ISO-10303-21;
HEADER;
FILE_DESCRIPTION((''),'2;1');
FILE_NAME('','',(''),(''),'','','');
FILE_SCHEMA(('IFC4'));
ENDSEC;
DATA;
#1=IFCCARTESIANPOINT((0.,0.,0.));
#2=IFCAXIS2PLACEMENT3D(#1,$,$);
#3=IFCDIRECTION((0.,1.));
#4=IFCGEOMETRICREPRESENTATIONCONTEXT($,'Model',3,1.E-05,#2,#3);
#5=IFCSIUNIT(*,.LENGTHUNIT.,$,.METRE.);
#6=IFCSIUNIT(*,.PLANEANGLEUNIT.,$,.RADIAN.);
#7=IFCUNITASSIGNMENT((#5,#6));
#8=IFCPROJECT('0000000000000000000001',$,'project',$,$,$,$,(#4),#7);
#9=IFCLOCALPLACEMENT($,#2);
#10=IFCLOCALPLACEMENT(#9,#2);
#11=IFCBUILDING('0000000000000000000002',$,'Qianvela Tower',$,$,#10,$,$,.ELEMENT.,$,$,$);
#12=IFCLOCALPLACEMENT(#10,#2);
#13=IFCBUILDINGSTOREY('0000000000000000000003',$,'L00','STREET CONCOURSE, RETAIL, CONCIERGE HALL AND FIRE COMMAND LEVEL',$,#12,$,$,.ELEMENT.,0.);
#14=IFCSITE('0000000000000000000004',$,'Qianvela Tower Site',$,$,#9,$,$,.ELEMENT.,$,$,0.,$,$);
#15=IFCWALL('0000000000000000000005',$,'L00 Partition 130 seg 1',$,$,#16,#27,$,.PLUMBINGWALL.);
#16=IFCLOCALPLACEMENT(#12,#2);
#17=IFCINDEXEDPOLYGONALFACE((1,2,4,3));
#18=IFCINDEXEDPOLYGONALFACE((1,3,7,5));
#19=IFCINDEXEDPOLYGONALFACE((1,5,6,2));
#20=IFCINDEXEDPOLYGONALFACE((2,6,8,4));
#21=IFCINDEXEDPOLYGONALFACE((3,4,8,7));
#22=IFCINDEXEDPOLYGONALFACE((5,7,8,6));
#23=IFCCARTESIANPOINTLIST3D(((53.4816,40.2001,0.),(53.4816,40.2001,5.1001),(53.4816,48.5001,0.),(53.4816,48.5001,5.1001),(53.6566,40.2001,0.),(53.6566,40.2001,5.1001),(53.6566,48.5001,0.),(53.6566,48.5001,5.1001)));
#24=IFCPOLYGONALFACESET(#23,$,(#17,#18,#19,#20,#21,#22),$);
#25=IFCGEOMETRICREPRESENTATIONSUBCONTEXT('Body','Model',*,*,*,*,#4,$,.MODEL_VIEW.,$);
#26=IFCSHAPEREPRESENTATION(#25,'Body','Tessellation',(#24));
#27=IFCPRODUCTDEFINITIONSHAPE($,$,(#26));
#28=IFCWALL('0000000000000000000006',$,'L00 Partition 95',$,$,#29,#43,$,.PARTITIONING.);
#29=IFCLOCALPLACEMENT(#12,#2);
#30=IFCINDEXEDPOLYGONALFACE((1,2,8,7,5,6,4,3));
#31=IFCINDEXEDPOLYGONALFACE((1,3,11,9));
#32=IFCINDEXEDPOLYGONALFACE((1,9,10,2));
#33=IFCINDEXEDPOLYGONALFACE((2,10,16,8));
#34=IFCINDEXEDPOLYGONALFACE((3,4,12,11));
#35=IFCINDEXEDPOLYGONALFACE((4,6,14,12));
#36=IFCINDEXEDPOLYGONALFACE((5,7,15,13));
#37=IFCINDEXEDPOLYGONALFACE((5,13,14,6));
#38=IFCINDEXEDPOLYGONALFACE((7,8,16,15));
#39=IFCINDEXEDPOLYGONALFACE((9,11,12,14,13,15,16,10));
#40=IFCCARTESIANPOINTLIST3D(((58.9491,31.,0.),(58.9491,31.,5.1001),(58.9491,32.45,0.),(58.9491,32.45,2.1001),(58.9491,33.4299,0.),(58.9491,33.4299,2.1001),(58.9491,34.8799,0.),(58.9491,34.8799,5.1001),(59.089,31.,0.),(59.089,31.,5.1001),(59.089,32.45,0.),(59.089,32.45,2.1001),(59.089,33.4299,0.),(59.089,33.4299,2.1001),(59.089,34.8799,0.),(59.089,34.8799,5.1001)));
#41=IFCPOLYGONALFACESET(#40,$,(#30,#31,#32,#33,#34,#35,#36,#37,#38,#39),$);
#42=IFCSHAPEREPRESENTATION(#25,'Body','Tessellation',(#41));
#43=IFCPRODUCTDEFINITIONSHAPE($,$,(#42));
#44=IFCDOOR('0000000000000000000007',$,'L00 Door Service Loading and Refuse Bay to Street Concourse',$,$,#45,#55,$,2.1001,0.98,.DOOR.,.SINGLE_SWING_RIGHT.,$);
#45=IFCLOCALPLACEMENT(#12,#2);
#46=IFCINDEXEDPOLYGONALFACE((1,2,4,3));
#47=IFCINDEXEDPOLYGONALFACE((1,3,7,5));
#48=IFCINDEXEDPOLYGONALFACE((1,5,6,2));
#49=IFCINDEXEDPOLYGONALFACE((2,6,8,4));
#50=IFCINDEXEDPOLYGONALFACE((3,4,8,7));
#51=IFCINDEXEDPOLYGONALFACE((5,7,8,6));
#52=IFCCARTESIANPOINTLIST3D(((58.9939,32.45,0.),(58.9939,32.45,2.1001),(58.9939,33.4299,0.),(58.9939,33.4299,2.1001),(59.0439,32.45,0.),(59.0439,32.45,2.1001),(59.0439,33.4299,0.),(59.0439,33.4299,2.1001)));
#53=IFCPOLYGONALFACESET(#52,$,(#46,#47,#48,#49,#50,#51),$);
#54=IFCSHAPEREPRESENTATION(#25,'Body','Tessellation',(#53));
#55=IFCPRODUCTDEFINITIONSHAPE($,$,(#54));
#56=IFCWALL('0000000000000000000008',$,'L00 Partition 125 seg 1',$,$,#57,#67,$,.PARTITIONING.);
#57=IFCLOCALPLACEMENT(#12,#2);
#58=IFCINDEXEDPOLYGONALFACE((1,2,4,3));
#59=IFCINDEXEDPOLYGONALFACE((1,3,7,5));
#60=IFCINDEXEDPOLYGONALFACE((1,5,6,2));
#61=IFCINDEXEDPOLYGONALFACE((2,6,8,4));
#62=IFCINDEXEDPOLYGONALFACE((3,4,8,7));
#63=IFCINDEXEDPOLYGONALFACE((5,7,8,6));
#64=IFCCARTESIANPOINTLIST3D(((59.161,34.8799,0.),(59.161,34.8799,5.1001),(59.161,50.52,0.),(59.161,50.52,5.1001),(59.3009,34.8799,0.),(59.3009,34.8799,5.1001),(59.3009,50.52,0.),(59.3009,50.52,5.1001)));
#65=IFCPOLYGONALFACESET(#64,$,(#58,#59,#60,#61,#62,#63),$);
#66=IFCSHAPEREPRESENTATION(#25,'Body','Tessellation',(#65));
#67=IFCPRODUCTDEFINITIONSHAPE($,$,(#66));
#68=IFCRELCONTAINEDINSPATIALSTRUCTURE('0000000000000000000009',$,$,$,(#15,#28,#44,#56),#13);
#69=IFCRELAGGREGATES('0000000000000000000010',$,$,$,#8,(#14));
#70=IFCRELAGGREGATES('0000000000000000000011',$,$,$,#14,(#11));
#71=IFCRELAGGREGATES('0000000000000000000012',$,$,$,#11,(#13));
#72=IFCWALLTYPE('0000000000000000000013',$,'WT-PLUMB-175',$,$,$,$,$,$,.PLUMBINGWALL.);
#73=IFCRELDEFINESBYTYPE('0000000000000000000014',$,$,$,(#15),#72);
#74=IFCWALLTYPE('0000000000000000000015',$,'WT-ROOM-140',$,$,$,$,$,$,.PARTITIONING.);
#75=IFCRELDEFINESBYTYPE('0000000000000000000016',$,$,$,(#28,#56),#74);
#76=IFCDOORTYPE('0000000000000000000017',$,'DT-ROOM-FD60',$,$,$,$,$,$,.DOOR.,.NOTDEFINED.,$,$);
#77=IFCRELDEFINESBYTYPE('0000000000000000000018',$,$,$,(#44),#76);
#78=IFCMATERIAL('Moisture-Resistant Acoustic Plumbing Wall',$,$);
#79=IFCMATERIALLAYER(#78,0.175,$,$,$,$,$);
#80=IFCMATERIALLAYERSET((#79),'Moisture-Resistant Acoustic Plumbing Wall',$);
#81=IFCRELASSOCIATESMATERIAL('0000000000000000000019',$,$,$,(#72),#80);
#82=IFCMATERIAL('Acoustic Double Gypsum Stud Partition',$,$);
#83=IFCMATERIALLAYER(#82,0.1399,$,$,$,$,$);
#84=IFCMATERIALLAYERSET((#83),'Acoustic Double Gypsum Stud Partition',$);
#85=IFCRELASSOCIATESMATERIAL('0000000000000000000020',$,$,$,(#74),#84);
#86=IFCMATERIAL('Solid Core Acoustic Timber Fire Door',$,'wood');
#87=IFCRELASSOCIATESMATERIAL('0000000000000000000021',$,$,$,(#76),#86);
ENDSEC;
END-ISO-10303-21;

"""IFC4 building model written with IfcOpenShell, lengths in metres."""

from ifc_helpers import new_model, si_unit, direction, frame, frame_2d, origin, place, context, subcontext, project, spatial, rectangle, extrude, material, layer, layer_set, type_object, element, fill, save


model = new_model("IFC4")

# Units and contexts
model_context = context("Model", 3, precision=1e-05, world=origin(), true_north=direction((0.0, 1.0)))
body_context = subcontext(model_context, "Body", "Model", "MODEL_VIEW")
ifc_project = project(units=[si_unit("LENGTHUNIT", "METRE"), si_unit("PLANEANGLEUNIT", "RADIAN")], contexts=[model_context])

# Site, building, storey
site_placement = place(None, origin())
site = spatial("IfcSite", under=ifc_project, at=site_placement, Name="Qianvela Tower Site", CompositionType="ELEMENT", RefElevation=0.0)
building_placement = place(site_placement, origin())
building = spatial("IfcBuilding", under=site, at=building_placement, Name="Qianvela Tower", CompositionType="ELEMENT")
storey_placement = place(building_placement, origin())
storey = spatial("IfcBuildingStorey", under=building, at=storey_placement, Name="L00", Description="STREET CONCOURSE, RETAIL, CONCIERGE HALL AND FIRE COMMAND LEVEL", CompositionType="ELEMENT", Elevation=0.0)

# Shared definitions
ifc_material_1 = material(Name="Moisture-Resistant Acoustic Plumbing Wall")
ifc_layer_1 = layer(ifc_material_1, 0.175)
ifc_layer_set_1 = layer_set([ifc_layer_1], Name="Moisture-Resistant Acoustic Plumbing Wall")
wall_type_1 = type_object("IfcWallType", Name="WT-PLUMB-175", PredefinedType="PLUMBINGWALL", material=ifc_layer_set_1)

# Wall
wall_1_placement = place(storey_placement, frame((53.5691, 48.5, 0.0), z_axis=(0.0, 0.0, 1.0), x_axis=(0.0, -1.0, 0.0)))
element("IfcWall", 1, at=wall_1_placement, inside=storey, type_object=wall_type_1, Name="L00 Partition 130 seg 1", PredefinedType="PLUMBINGWALL", context=body_context, shape_type="SweptSolid", body=[
    extrude(rectangle(XDim=8.3, YDim=0.175, at=frame_2d((4.1499, 0.0))), origin(), (0.0, 0.0, 1.0), 5.1001),
])

# Wall, opening, door
ifc_material_2 = material(Name="Acoustic Double Gypsum Stud Partition")
ifc_layer_2 = layer(ifc_material_2, 0.1399)
ifc_layer_set_2 = layer_set([ifc_layer_2], Name="Acoustic Double Gypsum Stud Partition")
wall_type_2 = type_object("IfcWallType", Name="WT-ROOM-140", PredefinedType="PARTITIONING", material=ifc_layer_set_2)
wall_2_placement = place(storey_placement, frame((59.019, 34.8799, 0.0), z_axis=(0.0, 0.0, 1.0), x_axis=(0.0, -1.0, 0.0)))
wall_2 = element("IfcWall", 2, at=wall_2_placement, inside=storey, type_object=wall_type_2, Name="L00 Partition 95", PredefinedType="PARTITIONING", context=body_context, shape_type="SweptSolid", body=[
    extrude(rectangle(XDim=3.8799, YDim=0.1399, at=frame_2d((1.9399, 0.0))), origin(), (0.0, 0.0, 1.0), 5.1001),
])
opening_1_placement = place(wall_2_placement, frame((1.45, 0.0, 0.0)))
opening_1 = element("IfcOpeningElement", 3, at=opening_1_placement, cuts=wall_2, PredefinedType="OPENING", context=body_context, shape_type="SweptSolid", body=[
    extrude(rectangle(XDim=0.98, YDim=2.1001, at=frame_2d((0.49, 1.05))), frame((0.0, 0.0798, 0.0), z_axis=(0.0, -1.0, 0.0), x_axis=(1.0, 0.0, 0.0)), (0.0, 0.0, 1.0), 0.1599),
])
ifc_material_3 = material(Name="Solid Core Acoustic Timber Fire Door", Category="wood")
door_type_1 = type_object("IfcDoorType", Name="DT-ROOM-FD60", OperationType="NOTDEFINED", PredefinedType="DOOR", material=ifc_material_3)
door_1_placement = place(opening_1_placement, origin())
door_1 = element("IfcDoor", 4, at=door_1_placement, inside=storey, type_object=door_type_1, Name="L00 Door Service Loading and Refuse Bay to Street Concourse", OperationType="SINGLE_SWING_RIGHT", OverallHeight=2.1001, OverallWidth=0.98, PredefinedType="DOOR", context=body_context, shape_type="SweptSolid", body=[
    extrude(rectangle(XDim=0.98, YDim=2.1001, at=frame_2d((0.49, 1.05))), frame((0.0, 0.0249, 0.0), z_axis=(0.0, -1.0, 0.0), x_axis=(1.0, 0.0, 0.0)), (0.0, 0.0, 1.0), 0.05),
])
fill(opening_1, door_1)

# Wall
wall_3_placement = place(storey_placement, frame((59.231, 34.8799, 0.0), z_axis=(0.0, 0.0, 1.0), x_axis=(0.0, 1.0, 0.0)))
element("IfcWall", 5, at=wall_3_placement, inside=storey, type_object=wall_type_2, Name="L00 Partition 125 seg 1", PredefinedType="PARTITIONING", context=body_context, shape_type="SweptSolid", body=[
    extrude(rectangle(XDim=15.6401, YDim=0.1399, at=frame_2d((7.8201, 0.0))), origin(), (0.0, 0.0, 1.0), 5.1001),
])

save(model, "model.ifc")
